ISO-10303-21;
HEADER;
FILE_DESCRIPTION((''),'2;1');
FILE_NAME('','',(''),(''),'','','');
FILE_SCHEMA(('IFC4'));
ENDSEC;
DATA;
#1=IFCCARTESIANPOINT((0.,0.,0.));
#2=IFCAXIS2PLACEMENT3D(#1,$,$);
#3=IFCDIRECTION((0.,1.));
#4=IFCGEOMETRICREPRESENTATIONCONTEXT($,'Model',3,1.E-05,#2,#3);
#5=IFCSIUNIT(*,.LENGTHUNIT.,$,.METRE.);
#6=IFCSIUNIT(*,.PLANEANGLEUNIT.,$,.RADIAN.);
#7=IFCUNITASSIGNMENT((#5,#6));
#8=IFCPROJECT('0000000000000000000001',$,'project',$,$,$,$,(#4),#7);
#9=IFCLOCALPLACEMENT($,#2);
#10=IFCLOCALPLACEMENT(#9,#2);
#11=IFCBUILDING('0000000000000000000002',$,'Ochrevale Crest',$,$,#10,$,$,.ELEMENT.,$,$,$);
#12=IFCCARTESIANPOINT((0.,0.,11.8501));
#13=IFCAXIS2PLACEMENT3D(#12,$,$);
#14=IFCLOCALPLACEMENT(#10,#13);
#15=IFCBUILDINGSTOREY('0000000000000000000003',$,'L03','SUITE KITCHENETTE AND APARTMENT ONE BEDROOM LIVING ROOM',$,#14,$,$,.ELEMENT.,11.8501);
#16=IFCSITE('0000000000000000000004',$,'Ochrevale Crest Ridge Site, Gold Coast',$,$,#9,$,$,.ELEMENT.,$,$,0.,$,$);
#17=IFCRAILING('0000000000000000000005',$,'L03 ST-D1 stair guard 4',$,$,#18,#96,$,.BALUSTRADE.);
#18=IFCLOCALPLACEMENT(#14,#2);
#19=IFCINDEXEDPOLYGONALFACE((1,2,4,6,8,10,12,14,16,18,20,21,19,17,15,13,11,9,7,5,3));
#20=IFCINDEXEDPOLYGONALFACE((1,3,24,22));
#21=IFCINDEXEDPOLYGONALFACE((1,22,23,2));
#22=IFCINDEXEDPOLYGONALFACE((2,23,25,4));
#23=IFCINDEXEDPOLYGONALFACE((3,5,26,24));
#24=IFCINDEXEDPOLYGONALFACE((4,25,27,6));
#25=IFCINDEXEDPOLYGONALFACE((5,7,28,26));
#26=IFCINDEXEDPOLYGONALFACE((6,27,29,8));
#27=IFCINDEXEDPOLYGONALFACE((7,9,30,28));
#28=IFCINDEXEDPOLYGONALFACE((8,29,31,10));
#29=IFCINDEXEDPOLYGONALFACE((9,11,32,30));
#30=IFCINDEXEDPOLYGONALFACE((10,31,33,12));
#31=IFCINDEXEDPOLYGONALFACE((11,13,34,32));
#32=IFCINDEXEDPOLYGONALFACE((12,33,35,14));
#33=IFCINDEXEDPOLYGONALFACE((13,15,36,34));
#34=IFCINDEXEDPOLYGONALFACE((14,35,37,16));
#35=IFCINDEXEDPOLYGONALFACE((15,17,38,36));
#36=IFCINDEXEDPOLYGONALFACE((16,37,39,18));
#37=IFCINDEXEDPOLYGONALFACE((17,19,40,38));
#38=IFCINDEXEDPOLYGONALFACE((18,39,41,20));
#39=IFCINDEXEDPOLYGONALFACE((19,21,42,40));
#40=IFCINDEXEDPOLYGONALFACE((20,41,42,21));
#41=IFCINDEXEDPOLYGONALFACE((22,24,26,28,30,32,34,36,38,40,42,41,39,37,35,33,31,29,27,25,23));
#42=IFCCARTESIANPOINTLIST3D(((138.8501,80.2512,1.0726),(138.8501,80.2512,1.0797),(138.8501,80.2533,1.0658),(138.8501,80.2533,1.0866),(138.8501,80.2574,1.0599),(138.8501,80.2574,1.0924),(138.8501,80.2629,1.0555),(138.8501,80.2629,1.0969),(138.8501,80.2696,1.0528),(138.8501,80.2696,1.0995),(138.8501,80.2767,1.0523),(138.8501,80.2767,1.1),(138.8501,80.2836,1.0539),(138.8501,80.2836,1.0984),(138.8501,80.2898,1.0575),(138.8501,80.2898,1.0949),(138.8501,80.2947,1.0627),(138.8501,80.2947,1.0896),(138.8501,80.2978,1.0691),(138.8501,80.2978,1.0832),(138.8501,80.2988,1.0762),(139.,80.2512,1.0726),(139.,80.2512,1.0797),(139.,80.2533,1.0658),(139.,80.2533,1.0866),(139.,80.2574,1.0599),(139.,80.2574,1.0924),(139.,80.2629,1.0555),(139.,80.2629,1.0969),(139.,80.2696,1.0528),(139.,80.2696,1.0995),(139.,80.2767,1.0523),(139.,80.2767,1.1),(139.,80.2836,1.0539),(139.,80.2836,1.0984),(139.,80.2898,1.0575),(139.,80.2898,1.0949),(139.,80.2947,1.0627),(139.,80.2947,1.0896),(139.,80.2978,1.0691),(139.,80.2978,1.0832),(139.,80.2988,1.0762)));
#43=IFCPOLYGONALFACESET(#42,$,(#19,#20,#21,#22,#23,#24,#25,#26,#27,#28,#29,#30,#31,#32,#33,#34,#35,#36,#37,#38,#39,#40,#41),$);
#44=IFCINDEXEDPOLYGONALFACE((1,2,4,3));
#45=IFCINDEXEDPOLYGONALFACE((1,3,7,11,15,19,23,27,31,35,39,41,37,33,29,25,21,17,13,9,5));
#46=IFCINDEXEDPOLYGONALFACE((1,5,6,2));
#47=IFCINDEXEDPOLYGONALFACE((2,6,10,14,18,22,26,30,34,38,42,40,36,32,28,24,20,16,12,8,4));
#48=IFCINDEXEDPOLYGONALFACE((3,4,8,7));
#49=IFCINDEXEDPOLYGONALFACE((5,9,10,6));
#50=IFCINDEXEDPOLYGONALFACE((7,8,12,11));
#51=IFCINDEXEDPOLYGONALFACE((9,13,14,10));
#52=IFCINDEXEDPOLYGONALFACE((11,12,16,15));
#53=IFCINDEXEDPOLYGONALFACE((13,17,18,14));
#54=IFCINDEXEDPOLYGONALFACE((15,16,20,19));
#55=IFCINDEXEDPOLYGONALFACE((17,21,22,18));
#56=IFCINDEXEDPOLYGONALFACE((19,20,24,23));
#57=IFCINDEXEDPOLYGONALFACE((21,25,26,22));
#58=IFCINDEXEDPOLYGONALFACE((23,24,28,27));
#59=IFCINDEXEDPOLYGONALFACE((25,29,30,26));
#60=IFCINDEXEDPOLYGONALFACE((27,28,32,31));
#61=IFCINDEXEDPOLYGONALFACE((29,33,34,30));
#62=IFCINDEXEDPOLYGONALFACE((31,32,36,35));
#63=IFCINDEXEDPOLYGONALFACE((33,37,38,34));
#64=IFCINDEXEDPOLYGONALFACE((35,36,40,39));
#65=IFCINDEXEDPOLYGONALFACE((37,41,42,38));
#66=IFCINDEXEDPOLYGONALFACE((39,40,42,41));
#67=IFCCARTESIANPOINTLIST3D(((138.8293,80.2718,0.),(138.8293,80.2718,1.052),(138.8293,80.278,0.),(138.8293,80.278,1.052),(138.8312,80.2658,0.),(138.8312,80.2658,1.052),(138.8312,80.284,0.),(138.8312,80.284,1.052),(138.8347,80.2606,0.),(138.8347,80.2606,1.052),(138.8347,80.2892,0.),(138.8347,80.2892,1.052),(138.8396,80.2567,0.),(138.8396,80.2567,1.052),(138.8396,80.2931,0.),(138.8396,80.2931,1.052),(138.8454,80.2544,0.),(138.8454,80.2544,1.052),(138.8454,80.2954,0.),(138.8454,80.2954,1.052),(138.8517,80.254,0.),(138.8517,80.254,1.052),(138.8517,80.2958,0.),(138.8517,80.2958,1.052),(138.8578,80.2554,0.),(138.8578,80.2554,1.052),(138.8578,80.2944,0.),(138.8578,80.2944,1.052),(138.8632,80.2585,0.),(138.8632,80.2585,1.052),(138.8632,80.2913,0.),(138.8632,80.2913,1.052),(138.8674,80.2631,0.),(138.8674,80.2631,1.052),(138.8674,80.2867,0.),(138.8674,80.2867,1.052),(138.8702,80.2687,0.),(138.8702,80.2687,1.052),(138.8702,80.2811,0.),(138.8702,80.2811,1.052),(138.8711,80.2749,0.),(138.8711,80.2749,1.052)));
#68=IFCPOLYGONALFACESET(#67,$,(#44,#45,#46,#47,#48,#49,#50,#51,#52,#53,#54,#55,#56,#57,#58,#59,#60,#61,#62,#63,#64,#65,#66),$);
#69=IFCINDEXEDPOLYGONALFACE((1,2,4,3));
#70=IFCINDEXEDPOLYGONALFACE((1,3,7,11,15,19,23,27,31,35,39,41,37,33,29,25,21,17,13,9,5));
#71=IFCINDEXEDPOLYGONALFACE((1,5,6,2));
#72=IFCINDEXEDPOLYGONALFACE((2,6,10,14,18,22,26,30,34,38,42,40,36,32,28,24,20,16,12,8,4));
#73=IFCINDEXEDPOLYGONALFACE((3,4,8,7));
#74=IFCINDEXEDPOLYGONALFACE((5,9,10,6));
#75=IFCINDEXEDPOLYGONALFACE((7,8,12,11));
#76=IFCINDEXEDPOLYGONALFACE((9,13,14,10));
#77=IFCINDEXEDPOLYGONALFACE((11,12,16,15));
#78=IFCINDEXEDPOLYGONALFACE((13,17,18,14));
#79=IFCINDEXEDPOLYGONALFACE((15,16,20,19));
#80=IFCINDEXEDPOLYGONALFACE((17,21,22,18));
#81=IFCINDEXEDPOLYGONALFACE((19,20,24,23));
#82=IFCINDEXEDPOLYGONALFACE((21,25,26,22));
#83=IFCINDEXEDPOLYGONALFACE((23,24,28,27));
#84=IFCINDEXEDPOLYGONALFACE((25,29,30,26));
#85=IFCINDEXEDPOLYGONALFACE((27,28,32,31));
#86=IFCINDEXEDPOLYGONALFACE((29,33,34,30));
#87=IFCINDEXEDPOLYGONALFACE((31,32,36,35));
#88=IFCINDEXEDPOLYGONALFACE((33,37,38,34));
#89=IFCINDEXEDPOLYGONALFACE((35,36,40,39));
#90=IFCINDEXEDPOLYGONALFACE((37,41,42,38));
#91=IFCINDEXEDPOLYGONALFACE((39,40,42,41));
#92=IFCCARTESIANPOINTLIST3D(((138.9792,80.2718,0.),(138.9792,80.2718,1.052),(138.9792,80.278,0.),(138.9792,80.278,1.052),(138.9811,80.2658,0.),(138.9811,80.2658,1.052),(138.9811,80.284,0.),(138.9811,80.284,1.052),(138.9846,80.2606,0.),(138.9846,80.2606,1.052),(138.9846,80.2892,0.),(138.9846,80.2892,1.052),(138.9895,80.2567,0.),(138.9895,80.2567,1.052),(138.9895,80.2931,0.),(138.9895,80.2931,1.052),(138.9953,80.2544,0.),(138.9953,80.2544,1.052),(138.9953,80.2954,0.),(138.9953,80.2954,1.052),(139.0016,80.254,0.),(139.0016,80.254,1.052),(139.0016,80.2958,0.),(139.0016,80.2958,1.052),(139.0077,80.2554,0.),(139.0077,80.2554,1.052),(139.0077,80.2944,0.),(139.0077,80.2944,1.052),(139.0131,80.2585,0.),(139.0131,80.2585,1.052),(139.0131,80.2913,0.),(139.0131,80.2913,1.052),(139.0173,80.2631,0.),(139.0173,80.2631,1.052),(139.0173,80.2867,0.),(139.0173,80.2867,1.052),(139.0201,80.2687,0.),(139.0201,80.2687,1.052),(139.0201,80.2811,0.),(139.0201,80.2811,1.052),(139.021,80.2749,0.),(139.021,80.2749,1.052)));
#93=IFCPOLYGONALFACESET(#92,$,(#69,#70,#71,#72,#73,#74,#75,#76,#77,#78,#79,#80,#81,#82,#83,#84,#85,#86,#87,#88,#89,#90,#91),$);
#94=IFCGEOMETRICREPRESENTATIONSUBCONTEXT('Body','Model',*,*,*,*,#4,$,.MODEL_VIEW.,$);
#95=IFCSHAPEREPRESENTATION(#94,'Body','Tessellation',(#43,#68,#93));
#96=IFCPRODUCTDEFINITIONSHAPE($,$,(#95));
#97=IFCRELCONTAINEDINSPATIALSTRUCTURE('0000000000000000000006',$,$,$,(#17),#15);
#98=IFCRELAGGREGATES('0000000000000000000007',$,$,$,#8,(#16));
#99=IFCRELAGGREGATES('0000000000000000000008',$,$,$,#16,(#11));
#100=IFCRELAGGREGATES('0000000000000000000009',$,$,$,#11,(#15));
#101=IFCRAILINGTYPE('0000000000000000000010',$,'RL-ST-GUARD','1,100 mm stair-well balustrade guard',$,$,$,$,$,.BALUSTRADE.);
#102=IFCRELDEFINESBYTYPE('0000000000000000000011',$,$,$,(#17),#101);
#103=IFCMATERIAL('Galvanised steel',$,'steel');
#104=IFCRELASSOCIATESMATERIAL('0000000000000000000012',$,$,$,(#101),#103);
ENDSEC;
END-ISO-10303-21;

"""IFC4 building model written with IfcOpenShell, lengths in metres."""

from ifc_helpers import new_model, si_unit, direction, frame, origin, origin_2d, place, context, subcontext, project, spatial, circle, extrude, material, type_object, element, save


model = new_model("IFC4")

# Units and contexts
model_context = context("Model", 3, precision=1e-05, world=origin(), true_north=direction((0.0, 1.0)))
body_context = subcontext(model_context, "Body", "Model", "MODEL_VIEW")
ifc_project = project(units=[si_unit("LENGTHUNIT", "METRE"), si_unit("PLANEANGLEUNIT", "RADIAN")], contexts=[model_context])

# Site, building, storey
site_placement = place(None, origin())
site = spatial("IfcSite", under=ifc_project, at=site_placement, Name="Ochrevale Crest Ridge Site, Gold Coast", CompositionType="ELEMENT", RefElevation=0.0)
building_placement = place(site_placement, origin())
building = spatial("IfcBuilding", under=site, at=building_placement, Name="Ochrevale Crest", CompositionType="ELEMENT")
storey_placement = place(building_placement, frame((0.0, 0.0, 11.8501)))
storey = spatial("IfcBuildingStorey", under=building, at=storey_placement, Name="L03", Description="SUITE KITCHENETTE AND APARTMENT ONE BEDROOM LIVING ROOM", CompositionType="ELEMENT", Elevation=11.8501)

# Railing
ifc_material_1 = material(Name="Galvanised steel", Category="steel")
railing_type_1 = type_object("IfcRailingType", Name="RL-ST-GUARD", Description="1,100 mm stair-well balustrade guard", PredefinedType="BALUSTRADE", material=ifc_material_1)
railing_1_placement = place(storey_placement, frame((138.8501, 80.2749, 0.0)))
element("IfcRailing", 1, at=railing_1_placement, inside=storey, type_object=railing_type_1, Name="L03 ST-D1 stair guard 4", PredefinedType="BALUSTRADE", context=body_context, shape_type="SweptSolid", body=[
    extrude(circle(Radius=0.0239, at=origin_2d()), frame((0.0, 0.0, 1.0762), z_axis=(1.0, 0.0, 0.0), x_axis=(0.0, 1.0, 0.0)), (0.0, 0.0, 1.0), 0.1499),
    extrude(circle(Radius=0.021, at=origin_2d()), origin(), (0.0, 0.0, 1.0), 1.052),
    extrude(circle(Radius=0.021, at=origin_2d()), frame((0.1499, 0.0, 0.0)), (0.0, 0.0, 1.0), 1.052),
])

save(model, "model.ifc")
